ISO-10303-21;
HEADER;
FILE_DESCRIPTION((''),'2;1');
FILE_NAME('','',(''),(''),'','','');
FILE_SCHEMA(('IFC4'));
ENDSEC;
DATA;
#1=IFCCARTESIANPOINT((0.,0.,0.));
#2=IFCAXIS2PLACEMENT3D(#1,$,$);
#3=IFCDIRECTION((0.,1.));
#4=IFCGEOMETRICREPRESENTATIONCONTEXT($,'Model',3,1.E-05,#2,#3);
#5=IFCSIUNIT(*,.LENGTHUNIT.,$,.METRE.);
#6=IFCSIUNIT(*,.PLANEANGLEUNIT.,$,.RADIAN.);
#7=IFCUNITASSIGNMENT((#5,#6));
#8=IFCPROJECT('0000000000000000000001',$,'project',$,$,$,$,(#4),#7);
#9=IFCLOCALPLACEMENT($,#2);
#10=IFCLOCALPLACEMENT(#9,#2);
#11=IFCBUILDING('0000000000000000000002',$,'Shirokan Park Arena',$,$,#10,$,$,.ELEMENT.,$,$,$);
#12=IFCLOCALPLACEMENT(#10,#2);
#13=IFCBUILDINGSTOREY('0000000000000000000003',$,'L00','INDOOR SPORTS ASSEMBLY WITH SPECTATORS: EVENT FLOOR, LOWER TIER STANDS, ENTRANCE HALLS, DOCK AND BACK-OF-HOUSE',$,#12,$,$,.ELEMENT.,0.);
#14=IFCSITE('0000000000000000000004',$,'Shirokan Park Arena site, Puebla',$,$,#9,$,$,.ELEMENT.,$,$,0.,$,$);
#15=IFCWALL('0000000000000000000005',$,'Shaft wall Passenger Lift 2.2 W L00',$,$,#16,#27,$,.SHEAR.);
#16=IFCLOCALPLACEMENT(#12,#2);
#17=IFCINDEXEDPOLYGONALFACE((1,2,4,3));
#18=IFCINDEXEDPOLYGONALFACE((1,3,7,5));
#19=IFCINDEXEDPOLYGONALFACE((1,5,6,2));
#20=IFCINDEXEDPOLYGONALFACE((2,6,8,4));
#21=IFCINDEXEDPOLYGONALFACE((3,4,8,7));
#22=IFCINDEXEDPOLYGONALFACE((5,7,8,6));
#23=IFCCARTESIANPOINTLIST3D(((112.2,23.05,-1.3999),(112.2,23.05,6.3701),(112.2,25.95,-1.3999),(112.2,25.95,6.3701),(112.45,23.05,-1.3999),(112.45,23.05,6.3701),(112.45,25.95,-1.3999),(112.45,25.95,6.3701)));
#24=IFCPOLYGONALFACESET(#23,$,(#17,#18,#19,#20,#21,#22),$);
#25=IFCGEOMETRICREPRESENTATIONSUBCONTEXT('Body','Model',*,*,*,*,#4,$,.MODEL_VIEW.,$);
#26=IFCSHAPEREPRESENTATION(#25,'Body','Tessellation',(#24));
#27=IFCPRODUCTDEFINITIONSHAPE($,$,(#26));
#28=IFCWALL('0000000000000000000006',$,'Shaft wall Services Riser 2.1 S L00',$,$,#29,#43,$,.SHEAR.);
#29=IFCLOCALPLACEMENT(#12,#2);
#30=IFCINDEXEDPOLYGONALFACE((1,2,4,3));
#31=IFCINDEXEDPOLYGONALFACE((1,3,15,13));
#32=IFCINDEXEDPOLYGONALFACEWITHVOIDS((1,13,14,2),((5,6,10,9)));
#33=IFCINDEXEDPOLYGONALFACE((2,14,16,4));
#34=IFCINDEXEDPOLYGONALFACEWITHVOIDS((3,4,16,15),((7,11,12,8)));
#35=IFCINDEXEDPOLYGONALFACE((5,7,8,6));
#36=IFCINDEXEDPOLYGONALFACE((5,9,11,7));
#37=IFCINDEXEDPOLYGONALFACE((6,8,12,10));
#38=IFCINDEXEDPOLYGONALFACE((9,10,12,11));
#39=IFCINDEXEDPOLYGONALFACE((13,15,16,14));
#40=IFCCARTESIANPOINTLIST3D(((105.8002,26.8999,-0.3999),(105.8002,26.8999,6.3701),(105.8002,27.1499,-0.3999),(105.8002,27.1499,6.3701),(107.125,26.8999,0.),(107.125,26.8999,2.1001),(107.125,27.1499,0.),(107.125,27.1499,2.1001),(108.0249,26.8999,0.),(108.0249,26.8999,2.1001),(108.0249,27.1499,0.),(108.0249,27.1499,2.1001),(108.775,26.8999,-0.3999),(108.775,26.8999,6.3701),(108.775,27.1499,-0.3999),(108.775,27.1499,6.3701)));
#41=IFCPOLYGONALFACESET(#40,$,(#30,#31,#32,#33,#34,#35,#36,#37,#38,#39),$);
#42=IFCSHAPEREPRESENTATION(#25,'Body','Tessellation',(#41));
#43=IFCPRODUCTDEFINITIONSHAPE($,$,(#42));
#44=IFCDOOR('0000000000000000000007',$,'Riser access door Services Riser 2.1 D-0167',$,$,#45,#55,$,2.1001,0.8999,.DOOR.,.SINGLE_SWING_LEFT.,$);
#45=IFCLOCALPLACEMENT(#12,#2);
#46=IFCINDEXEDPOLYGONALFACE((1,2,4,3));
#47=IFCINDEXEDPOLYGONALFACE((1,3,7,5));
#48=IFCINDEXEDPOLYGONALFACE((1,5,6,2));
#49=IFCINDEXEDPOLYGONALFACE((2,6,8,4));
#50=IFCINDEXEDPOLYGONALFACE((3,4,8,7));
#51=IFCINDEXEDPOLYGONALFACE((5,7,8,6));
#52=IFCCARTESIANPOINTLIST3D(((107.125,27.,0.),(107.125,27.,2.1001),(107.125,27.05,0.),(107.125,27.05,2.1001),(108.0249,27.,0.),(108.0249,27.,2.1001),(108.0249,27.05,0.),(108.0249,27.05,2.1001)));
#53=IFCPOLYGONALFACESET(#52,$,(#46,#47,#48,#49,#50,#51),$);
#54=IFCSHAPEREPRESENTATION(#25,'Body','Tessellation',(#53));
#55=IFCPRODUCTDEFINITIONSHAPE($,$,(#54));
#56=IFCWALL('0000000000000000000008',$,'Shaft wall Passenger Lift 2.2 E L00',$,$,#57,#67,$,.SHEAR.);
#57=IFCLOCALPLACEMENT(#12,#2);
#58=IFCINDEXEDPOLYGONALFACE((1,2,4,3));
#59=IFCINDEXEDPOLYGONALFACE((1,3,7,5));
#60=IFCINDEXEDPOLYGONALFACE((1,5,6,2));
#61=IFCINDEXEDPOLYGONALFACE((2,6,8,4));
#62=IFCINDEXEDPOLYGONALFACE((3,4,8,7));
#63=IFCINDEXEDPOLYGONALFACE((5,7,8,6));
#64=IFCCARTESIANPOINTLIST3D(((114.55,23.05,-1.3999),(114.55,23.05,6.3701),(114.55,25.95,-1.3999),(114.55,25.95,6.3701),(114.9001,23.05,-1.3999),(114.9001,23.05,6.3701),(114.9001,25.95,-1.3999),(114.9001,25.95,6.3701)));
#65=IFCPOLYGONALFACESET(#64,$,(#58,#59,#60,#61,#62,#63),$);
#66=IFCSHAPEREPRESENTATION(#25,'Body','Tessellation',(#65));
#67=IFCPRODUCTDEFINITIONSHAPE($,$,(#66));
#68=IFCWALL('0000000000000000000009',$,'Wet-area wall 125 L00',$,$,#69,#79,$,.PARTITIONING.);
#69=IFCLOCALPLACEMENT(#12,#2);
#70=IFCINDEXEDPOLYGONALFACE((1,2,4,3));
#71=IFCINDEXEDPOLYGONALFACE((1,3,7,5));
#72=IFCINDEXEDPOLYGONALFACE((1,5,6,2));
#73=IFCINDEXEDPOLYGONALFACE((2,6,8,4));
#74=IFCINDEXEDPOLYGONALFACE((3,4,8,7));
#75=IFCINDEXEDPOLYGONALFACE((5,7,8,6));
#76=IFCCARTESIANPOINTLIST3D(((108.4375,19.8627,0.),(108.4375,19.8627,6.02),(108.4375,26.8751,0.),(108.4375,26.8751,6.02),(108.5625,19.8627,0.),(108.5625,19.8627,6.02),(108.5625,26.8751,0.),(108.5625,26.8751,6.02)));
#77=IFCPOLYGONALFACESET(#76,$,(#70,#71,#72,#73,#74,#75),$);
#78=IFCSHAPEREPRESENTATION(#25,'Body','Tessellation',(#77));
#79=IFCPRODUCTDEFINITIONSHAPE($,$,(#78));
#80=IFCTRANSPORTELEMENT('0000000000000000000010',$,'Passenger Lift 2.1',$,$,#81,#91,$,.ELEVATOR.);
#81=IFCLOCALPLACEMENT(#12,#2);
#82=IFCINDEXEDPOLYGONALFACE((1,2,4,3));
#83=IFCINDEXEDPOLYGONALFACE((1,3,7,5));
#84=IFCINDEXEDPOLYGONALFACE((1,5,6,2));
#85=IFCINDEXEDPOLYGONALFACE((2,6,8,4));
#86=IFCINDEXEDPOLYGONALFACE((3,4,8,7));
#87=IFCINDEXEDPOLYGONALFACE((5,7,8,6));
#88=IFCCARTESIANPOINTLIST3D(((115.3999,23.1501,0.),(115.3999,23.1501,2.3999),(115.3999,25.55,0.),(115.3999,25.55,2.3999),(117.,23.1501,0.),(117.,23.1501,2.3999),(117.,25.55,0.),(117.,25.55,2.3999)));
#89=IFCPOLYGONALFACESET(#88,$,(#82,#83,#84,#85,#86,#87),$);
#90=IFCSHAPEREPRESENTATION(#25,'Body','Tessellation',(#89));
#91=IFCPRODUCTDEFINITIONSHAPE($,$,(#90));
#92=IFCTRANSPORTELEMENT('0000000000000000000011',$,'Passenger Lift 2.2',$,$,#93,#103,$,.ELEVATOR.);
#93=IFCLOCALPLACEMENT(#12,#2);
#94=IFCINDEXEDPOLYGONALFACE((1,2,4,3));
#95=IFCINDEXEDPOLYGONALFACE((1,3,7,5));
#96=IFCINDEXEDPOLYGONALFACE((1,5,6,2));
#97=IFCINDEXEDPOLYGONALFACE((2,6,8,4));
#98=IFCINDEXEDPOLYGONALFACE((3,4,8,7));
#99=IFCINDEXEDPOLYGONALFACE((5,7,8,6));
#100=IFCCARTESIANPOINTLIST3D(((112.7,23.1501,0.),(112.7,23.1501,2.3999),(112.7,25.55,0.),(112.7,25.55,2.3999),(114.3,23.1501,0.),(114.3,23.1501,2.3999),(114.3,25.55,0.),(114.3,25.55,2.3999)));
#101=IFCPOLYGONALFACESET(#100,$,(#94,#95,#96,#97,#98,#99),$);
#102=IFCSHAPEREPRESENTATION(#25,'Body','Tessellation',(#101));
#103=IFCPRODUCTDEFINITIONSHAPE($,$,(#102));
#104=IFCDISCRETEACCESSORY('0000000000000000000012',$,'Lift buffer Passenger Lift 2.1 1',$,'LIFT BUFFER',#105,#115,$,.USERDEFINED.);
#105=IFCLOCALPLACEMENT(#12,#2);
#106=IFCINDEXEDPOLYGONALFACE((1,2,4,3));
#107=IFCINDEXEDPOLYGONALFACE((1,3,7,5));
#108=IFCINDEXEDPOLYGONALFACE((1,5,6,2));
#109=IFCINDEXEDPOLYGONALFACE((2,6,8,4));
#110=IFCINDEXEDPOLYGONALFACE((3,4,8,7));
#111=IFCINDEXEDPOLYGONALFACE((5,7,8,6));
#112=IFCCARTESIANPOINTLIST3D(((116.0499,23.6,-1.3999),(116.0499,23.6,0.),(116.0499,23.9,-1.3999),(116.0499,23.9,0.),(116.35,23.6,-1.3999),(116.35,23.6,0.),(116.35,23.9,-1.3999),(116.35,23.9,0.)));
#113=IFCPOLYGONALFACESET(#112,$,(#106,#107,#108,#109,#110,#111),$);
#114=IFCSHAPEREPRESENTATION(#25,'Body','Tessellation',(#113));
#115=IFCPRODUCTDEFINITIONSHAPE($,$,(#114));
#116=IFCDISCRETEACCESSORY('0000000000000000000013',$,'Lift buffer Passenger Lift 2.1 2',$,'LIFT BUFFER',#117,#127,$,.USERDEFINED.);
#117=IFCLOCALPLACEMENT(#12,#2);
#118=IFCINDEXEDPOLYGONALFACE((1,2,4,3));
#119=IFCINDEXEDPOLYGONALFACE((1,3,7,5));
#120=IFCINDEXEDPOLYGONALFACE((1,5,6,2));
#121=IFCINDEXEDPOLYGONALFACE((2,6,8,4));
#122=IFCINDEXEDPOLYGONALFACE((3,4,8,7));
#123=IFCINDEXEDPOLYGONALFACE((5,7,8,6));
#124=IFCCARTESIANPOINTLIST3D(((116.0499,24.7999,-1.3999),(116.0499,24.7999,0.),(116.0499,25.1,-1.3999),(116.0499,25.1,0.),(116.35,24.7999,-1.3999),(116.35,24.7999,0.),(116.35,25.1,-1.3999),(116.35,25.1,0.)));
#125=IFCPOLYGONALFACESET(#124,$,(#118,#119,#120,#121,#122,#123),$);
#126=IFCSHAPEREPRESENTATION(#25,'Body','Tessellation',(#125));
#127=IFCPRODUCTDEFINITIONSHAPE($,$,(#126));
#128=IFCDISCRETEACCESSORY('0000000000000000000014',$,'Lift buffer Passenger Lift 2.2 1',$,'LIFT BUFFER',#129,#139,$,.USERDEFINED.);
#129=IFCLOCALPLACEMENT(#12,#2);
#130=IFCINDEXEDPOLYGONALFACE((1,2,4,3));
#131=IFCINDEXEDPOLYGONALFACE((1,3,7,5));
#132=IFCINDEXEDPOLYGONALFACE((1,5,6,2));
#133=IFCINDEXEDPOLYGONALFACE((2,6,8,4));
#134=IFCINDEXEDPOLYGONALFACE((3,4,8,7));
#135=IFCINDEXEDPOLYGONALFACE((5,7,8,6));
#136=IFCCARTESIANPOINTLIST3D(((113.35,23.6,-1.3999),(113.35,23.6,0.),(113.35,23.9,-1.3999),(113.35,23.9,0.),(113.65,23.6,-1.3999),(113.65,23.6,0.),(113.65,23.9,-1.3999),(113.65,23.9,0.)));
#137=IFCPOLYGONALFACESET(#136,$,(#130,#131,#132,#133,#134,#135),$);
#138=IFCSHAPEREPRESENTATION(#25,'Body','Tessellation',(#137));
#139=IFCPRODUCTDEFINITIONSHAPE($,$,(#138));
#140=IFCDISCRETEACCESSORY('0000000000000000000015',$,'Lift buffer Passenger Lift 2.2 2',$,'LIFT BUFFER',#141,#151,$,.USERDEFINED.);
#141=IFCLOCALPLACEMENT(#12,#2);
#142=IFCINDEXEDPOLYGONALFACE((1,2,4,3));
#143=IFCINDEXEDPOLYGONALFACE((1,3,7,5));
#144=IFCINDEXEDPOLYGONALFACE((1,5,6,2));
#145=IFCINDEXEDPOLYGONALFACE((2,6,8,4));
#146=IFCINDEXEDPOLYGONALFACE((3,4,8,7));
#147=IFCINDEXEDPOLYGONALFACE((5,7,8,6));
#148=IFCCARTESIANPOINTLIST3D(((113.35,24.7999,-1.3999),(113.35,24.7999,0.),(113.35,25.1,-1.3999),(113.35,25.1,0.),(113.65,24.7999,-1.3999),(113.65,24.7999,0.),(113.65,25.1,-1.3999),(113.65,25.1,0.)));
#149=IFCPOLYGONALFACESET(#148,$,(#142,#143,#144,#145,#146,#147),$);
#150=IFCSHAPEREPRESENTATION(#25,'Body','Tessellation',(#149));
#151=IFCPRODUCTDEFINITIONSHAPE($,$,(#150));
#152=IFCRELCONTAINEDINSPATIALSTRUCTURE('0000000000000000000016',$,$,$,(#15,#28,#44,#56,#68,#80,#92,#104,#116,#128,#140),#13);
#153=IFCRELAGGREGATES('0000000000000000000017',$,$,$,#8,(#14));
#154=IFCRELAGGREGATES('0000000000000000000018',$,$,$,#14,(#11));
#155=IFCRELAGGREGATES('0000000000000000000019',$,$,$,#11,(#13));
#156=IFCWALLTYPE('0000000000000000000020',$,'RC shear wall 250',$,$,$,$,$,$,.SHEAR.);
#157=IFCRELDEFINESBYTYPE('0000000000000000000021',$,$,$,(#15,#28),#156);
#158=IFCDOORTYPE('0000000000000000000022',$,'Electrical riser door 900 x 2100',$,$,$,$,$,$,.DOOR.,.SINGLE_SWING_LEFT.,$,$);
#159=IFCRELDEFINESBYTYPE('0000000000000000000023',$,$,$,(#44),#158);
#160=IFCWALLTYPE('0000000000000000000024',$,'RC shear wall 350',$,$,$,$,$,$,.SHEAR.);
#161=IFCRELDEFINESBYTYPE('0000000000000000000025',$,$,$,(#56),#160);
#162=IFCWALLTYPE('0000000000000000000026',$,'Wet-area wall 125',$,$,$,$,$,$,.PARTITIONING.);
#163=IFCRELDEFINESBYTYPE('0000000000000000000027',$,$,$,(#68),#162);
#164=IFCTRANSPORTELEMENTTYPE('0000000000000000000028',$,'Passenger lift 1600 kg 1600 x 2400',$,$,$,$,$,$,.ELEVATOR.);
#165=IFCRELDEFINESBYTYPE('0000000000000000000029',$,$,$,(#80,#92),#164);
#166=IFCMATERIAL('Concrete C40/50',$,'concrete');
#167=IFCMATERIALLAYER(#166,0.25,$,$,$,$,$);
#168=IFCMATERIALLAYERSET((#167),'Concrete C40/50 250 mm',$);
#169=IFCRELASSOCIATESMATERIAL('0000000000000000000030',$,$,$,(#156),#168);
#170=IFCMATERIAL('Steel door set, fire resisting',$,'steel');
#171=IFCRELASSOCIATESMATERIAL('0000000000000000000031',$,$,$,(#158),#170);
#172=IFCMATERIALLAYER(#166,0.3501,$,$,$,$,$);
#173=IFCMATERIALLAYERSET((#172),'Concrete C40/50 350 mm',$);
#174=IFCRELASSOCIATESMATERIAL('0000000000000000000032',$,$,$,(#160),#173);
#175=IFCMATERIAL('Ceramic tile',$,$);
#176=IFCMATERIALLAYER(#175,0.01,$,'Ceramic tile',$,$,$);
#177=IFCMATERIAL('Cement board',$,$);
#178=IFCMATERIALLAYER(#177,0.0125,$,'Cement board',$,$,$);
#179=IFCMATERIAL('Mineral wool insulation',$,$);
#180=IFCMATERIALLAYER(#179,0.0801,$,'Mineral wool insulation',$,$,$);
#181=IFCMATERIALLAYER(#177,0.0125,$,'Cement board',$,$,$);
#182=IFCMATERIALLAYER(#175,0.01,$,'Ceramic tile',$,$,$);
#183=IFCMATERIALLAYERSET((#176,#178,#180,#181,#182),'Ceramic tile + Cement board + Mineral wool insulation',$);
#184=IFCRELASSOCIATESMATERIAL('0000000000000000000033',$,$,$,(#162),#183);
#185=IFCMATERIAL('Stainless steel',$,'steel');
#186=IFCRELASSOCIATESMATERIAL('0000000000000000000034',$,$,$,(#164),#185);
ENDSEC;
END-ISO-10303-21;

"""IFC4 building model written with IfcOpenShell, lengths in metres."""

from ifc_helpers import new_model, si_unit, direction, frame, frame_2d, origin, origin_2d, place, context, subcontext, project, spatial, rectangle, extrude, material, layer, layer_set, type_object, element, fill, save


model = new_model("IFC4")

# Units and contexts
model_context = context("Model", 3, precision=1e-05, world=origin(), true_north=direction((0.0, 1.0)))
body_context = subcontext(model_context, "Body", "Model", "MODEL_VIEW")
ifc_project = project(units=[si_unit("LENGTHUNIT", "METRE"), si_unit("PLANEANGLEUNIT", "RADIAN")], contexts=[model_context])

# Site, building, storey
site_placement = place(None, origin())
site = spatial("IfcSite", under=ifc_project, at=site_placement, Name="Shirokan Park Arena site, Puebla", CompositionType="ELEMENT", RefElevation=0.0)
building_placement = place(site_placement, origin())
building = spatial("IfcBuilding", under=site, at=building_placement, Name="Shirokan Park Arena", CompositionType="ELEMENT")
storey_placement = place(building_placement, origin())
storey = spatial("IfcBuildingStorey", under=building, at=storey_placement, Name="L00", Description="INDOOR SPORTS ASSEMBLY WITH SPECTATORS: EVENT FLOOR, LOWER TIER STANDS, ENTRANCE HALLS, DOCK AND BACK-OF-HOUSE", CompositionType="ELEMENT", Elevation=0.0)

# Shared definitions
ifc_material_1 = material(Name="Concrete C40/50", Category="concrete")
ifc_layer_1 = layer(ifc_material_1, 0.25)
ifc_layer_set_1 = layer_set([ifc_layer_1], Name="Concrete C40/50 250 mm")
wall_type_1 = type_object("IfcWallType", Name="RC shear wall 250", PredefinedType="SHEAR", material=ifc_layer_set_1)
ifc_material_2 = material(Name="Stainless steel", Category="steel")

# Wall
wall_1_placement = place(storey_placement, frame((112.325, 25.95, -1.3999), z_axis=(0.0, 0.0, 1.0), x_axis=(0.0, -1.0, 0.0)))
element("IfcWall", 1, at=wall_1_placement, inside=storey, type_object=wall_type_1, Name="Shaft wall Passenger Lift 2.2 W L00", PredefinedType="SHEAR", context=body_context, shape_type="SweptSolid", body=[
    extrude(rectangle(XDim=2.8999, YDim=0.25, at=frame_2d((1.45, 0.0))), origin(), (0.0, 0.0, 1.0), 7.77),
])

# Wall, opening, door
wall_2_placement = place(storey_placement, frame((108.7749, 27.0249, -0.3999), z_axis=(0.0, 0.0, 1.0), x_axis=(-1.0, 0.0, 0.0)))
wall_2 = element("IfcWall", 2, at=wall_2_placement, inside=storey, type_object=wall_type_1, Name="Shaft wall Services Riser 2.1 S L00", PredefinedType="SHEAR", context=body_context, shape_type="SweptSolid", body=[
    extrude(rectangle(XDim=2.9749, YDim=0.25, at=frame_2d((1.4873, 0.0))), origin(), (0.0, 0.0, 1.0), 6.77),
])
opening_1_placement = place(wall_2_placement, frame((0.75, 0.0, 0.3999)))
opening_1 = element("IfcOpeningElement", 3, at=opening_1_placement, cuts=wall_2, PredefinedType="OPENING", context=body_context, shape_type="SweptSolid", body=[
    extrude(rectangle(XDim=0.8999, YDim=2.1001, at=frame_2d((0.45, 1.05))), frame((0.0, 0.135, 0.0), z_axis=(0.0, -1.0, 0.0), x_axis=(1.0, 0.0, 0.0)), (0.0, 0.0, 1.0), 0.27),
])
ifc_material_3 = material(Name="Steel door set, fire resisting", Category="steel")
door_type_1 = type_object("IfcDoorType", Name="Electrical riser door 900 x 2100", OperationType="SINGLE_SWING_LEFT", PredefinedType="DOOR", material=ifc_material_3)
door_1_placement = place(opening_1_placement, origin())
door_1 = element("IfcDoor", 4, at=door_1_placement, inside=storey, type_object=door_type_1, Name="Riser access door Services Riser 2.1 D-0167", OperationType="SINGLE_SWING_LEFT", OverallHeight=2.1001, OverallWidth=0.8999, PredefinedType="DOOR", context=body_context, shape_type="SweptSolid", body=[
    extrude(rectangle(XDim=0.8999, YDim=2.1001, at=frame_2d((0.45, 1.05))), frame((0.0, 0.0249, 0.0), z_axis=(0.0, -1.0, 0.0), x_axis=(1.0, 0.0, 0.0)), (0.0, 0.0, 1.0), 0.05),
])
fill(opening_1, door_1)

# Walls
ifc_layer_2 = layer(ifc_material_1, 0.3501)
ifc_layer_set_2 = layer_set([ifc_layer_2], Name="Concrete C40/50 350 mm")
wall_type_2 = type_object("IfcWallType", Name="RC shear wall 350", PredefinedType="SHEAR", material=ifc_layer_set_2)
wall_3_placement = place(storey_placement, frame((114.7251, 25.95, -1.3999), z_axis=(0.0, 0.0, 1.0), x_axis=(0.0, -1.0, 0.0)))
element("IfcWall", 5, at=wall_3_placement, inside=storey, type_object=wall_type_2, Name="Shaft wall Passenger Lift 2.2 E L00", PredefinedType="SHEAR", context=body_context, shape_type="SweptSolid", body=[
    extrude(rectangle(XDim=2.8999, YDim=0.3501, at=frame_2d((1.45, 0.0))), origin(), (0.0, 0.0, 1.0), 7.77),
])
ifc_material_4 = material(Name="Ceramic tile")
ifc_layer_3 = layer(ifc_material_4, 0.01, Name="Ceramic tile")
ifc_material_5 = material(Name="Cement board")
ifc_layer_4 = layer(ifc_material_5, 0.0125, Name="Cement board")
ifc_material_6 = material(Name="Mineral wool insulation")
ifc_layer_5 = layer(ifc_material_6, 0.0801, Name="Mineral wool insulation")
ifc_layer_6 = layer(ifc_material_5, 0.0125, Name="Cement board")
ifc_layer_7 = layer(ifc_material_4, 0.01, Name="Ceramic tile")
ifc_layer_set_3 = layer_set([ifc_layer_3, ifc_layer_4, ifc_layer_5, ifc_layer_6, ifc_layer_7], Name="Ceramic tile + Cement board + Mineral wool insulation")
wall_type_3 = type_object("IfcWallType", Name="Wet-area wall 125", PredefinedType="PARTITIONING", material=ifc_layer_set_3)
wall_4_placement = place(storey_placement, frame((108.5, 19.8625, 0.0), z_axis=(0.0, 0.0, 1.0), x_axis=(0.0, 1.0, 0.0)))
element("IfcWall", 6, at=wall_4_placement, inside=storey, type_object=wall_type_3, Name="Wet-area wall 125 L00", PredefinedType="PARTITIONING", context=body_context, shape_type="SweptSolid", body=[
    extrude(rectangle(XDim=7.0125, YDim=0.125, at=frame_2d((3.5063, 0.0))), origin(), (0.0, 0.0, 1.0), 6.02),
])

# Transport elements
transport_element_type = type_object("IfcTransportElementType", Name="Passenger lift 1600 kg 1600 x 2400", PredefinedType="ELEVATOR", material=ifc_material_2)
for number, where, z_axis, x_axis, name in (
    (7, (116.2, 24.3501, 0.0), (0.0, 0.0, 1.0), (1.0, 0.0, 0.0), "Passenger Lift 2.1"),
    (8, (113.5, 24.3501, 0.0), (0.0, 0.0, 1.0), (1.0, 0.0, 0.0), "Passenger Lift 2.2"),
):
    element("IfcTransportElement", number, at=place(storey_placement, frame(where, z_axis=z_axis, x_axis=x_axis)), inside=storey, type_object=transport_element_type, Name=name, PredefinedType="ELEVATOR", context=body_context, shape_type="SweptSolid", body=[
        extrude(rectangle(XDim=1.6001, YDim=2.3999, at=origin_2d()), origin(), (0.0, 0.0, 1.0), 2.3999),
    ])

# Discrete accessories
for number, where, z_axis, x_axis, name in (
    (9, (116.2, 23.75, -1.3999), (0.0, 0.0, 1.0), (1.0, 0.0, 0.0), "Lift buffer Passenger Lift 2.1 1"),
    (10, (116.2, 24.95, -1.3999), (0.0, 0.0, 1.0), (1.0, 0.0, 0.0), "Lift buffer Passenger Lift 2.1 2"),
    (11, (113.5, 23.75, -1.3999), (0.0, 0.0, 1.0), (1.0, 0.0, 0.0), "Lift buffer Passenger Lift 2.2 1"),
    (12, (113.5, 24.95, -1.3999), (0.0, 0.0, 1.0), (1.0, 0.0, 0.0), "Lift buffer Passenger Lift 2.2 2"),
):
    element("IfcDiscreteAccessory", number, at=place(storey_placement, frame(where, z_axis=z_axis, x_axis=x_axis)), inside=storey, Name=name, ObjectType="LIFT BUFFER", PredefinedType="USERDEFINED", context=body_context, shape_type="SweptSolid", body=[
        extrude(rectangle(XDim=0.3, YDim=0.3, at=origin_2d()), origin(), (0.0, 0.0, 1.0), 1.3999),
    ])

save(model, "model.ifc")
